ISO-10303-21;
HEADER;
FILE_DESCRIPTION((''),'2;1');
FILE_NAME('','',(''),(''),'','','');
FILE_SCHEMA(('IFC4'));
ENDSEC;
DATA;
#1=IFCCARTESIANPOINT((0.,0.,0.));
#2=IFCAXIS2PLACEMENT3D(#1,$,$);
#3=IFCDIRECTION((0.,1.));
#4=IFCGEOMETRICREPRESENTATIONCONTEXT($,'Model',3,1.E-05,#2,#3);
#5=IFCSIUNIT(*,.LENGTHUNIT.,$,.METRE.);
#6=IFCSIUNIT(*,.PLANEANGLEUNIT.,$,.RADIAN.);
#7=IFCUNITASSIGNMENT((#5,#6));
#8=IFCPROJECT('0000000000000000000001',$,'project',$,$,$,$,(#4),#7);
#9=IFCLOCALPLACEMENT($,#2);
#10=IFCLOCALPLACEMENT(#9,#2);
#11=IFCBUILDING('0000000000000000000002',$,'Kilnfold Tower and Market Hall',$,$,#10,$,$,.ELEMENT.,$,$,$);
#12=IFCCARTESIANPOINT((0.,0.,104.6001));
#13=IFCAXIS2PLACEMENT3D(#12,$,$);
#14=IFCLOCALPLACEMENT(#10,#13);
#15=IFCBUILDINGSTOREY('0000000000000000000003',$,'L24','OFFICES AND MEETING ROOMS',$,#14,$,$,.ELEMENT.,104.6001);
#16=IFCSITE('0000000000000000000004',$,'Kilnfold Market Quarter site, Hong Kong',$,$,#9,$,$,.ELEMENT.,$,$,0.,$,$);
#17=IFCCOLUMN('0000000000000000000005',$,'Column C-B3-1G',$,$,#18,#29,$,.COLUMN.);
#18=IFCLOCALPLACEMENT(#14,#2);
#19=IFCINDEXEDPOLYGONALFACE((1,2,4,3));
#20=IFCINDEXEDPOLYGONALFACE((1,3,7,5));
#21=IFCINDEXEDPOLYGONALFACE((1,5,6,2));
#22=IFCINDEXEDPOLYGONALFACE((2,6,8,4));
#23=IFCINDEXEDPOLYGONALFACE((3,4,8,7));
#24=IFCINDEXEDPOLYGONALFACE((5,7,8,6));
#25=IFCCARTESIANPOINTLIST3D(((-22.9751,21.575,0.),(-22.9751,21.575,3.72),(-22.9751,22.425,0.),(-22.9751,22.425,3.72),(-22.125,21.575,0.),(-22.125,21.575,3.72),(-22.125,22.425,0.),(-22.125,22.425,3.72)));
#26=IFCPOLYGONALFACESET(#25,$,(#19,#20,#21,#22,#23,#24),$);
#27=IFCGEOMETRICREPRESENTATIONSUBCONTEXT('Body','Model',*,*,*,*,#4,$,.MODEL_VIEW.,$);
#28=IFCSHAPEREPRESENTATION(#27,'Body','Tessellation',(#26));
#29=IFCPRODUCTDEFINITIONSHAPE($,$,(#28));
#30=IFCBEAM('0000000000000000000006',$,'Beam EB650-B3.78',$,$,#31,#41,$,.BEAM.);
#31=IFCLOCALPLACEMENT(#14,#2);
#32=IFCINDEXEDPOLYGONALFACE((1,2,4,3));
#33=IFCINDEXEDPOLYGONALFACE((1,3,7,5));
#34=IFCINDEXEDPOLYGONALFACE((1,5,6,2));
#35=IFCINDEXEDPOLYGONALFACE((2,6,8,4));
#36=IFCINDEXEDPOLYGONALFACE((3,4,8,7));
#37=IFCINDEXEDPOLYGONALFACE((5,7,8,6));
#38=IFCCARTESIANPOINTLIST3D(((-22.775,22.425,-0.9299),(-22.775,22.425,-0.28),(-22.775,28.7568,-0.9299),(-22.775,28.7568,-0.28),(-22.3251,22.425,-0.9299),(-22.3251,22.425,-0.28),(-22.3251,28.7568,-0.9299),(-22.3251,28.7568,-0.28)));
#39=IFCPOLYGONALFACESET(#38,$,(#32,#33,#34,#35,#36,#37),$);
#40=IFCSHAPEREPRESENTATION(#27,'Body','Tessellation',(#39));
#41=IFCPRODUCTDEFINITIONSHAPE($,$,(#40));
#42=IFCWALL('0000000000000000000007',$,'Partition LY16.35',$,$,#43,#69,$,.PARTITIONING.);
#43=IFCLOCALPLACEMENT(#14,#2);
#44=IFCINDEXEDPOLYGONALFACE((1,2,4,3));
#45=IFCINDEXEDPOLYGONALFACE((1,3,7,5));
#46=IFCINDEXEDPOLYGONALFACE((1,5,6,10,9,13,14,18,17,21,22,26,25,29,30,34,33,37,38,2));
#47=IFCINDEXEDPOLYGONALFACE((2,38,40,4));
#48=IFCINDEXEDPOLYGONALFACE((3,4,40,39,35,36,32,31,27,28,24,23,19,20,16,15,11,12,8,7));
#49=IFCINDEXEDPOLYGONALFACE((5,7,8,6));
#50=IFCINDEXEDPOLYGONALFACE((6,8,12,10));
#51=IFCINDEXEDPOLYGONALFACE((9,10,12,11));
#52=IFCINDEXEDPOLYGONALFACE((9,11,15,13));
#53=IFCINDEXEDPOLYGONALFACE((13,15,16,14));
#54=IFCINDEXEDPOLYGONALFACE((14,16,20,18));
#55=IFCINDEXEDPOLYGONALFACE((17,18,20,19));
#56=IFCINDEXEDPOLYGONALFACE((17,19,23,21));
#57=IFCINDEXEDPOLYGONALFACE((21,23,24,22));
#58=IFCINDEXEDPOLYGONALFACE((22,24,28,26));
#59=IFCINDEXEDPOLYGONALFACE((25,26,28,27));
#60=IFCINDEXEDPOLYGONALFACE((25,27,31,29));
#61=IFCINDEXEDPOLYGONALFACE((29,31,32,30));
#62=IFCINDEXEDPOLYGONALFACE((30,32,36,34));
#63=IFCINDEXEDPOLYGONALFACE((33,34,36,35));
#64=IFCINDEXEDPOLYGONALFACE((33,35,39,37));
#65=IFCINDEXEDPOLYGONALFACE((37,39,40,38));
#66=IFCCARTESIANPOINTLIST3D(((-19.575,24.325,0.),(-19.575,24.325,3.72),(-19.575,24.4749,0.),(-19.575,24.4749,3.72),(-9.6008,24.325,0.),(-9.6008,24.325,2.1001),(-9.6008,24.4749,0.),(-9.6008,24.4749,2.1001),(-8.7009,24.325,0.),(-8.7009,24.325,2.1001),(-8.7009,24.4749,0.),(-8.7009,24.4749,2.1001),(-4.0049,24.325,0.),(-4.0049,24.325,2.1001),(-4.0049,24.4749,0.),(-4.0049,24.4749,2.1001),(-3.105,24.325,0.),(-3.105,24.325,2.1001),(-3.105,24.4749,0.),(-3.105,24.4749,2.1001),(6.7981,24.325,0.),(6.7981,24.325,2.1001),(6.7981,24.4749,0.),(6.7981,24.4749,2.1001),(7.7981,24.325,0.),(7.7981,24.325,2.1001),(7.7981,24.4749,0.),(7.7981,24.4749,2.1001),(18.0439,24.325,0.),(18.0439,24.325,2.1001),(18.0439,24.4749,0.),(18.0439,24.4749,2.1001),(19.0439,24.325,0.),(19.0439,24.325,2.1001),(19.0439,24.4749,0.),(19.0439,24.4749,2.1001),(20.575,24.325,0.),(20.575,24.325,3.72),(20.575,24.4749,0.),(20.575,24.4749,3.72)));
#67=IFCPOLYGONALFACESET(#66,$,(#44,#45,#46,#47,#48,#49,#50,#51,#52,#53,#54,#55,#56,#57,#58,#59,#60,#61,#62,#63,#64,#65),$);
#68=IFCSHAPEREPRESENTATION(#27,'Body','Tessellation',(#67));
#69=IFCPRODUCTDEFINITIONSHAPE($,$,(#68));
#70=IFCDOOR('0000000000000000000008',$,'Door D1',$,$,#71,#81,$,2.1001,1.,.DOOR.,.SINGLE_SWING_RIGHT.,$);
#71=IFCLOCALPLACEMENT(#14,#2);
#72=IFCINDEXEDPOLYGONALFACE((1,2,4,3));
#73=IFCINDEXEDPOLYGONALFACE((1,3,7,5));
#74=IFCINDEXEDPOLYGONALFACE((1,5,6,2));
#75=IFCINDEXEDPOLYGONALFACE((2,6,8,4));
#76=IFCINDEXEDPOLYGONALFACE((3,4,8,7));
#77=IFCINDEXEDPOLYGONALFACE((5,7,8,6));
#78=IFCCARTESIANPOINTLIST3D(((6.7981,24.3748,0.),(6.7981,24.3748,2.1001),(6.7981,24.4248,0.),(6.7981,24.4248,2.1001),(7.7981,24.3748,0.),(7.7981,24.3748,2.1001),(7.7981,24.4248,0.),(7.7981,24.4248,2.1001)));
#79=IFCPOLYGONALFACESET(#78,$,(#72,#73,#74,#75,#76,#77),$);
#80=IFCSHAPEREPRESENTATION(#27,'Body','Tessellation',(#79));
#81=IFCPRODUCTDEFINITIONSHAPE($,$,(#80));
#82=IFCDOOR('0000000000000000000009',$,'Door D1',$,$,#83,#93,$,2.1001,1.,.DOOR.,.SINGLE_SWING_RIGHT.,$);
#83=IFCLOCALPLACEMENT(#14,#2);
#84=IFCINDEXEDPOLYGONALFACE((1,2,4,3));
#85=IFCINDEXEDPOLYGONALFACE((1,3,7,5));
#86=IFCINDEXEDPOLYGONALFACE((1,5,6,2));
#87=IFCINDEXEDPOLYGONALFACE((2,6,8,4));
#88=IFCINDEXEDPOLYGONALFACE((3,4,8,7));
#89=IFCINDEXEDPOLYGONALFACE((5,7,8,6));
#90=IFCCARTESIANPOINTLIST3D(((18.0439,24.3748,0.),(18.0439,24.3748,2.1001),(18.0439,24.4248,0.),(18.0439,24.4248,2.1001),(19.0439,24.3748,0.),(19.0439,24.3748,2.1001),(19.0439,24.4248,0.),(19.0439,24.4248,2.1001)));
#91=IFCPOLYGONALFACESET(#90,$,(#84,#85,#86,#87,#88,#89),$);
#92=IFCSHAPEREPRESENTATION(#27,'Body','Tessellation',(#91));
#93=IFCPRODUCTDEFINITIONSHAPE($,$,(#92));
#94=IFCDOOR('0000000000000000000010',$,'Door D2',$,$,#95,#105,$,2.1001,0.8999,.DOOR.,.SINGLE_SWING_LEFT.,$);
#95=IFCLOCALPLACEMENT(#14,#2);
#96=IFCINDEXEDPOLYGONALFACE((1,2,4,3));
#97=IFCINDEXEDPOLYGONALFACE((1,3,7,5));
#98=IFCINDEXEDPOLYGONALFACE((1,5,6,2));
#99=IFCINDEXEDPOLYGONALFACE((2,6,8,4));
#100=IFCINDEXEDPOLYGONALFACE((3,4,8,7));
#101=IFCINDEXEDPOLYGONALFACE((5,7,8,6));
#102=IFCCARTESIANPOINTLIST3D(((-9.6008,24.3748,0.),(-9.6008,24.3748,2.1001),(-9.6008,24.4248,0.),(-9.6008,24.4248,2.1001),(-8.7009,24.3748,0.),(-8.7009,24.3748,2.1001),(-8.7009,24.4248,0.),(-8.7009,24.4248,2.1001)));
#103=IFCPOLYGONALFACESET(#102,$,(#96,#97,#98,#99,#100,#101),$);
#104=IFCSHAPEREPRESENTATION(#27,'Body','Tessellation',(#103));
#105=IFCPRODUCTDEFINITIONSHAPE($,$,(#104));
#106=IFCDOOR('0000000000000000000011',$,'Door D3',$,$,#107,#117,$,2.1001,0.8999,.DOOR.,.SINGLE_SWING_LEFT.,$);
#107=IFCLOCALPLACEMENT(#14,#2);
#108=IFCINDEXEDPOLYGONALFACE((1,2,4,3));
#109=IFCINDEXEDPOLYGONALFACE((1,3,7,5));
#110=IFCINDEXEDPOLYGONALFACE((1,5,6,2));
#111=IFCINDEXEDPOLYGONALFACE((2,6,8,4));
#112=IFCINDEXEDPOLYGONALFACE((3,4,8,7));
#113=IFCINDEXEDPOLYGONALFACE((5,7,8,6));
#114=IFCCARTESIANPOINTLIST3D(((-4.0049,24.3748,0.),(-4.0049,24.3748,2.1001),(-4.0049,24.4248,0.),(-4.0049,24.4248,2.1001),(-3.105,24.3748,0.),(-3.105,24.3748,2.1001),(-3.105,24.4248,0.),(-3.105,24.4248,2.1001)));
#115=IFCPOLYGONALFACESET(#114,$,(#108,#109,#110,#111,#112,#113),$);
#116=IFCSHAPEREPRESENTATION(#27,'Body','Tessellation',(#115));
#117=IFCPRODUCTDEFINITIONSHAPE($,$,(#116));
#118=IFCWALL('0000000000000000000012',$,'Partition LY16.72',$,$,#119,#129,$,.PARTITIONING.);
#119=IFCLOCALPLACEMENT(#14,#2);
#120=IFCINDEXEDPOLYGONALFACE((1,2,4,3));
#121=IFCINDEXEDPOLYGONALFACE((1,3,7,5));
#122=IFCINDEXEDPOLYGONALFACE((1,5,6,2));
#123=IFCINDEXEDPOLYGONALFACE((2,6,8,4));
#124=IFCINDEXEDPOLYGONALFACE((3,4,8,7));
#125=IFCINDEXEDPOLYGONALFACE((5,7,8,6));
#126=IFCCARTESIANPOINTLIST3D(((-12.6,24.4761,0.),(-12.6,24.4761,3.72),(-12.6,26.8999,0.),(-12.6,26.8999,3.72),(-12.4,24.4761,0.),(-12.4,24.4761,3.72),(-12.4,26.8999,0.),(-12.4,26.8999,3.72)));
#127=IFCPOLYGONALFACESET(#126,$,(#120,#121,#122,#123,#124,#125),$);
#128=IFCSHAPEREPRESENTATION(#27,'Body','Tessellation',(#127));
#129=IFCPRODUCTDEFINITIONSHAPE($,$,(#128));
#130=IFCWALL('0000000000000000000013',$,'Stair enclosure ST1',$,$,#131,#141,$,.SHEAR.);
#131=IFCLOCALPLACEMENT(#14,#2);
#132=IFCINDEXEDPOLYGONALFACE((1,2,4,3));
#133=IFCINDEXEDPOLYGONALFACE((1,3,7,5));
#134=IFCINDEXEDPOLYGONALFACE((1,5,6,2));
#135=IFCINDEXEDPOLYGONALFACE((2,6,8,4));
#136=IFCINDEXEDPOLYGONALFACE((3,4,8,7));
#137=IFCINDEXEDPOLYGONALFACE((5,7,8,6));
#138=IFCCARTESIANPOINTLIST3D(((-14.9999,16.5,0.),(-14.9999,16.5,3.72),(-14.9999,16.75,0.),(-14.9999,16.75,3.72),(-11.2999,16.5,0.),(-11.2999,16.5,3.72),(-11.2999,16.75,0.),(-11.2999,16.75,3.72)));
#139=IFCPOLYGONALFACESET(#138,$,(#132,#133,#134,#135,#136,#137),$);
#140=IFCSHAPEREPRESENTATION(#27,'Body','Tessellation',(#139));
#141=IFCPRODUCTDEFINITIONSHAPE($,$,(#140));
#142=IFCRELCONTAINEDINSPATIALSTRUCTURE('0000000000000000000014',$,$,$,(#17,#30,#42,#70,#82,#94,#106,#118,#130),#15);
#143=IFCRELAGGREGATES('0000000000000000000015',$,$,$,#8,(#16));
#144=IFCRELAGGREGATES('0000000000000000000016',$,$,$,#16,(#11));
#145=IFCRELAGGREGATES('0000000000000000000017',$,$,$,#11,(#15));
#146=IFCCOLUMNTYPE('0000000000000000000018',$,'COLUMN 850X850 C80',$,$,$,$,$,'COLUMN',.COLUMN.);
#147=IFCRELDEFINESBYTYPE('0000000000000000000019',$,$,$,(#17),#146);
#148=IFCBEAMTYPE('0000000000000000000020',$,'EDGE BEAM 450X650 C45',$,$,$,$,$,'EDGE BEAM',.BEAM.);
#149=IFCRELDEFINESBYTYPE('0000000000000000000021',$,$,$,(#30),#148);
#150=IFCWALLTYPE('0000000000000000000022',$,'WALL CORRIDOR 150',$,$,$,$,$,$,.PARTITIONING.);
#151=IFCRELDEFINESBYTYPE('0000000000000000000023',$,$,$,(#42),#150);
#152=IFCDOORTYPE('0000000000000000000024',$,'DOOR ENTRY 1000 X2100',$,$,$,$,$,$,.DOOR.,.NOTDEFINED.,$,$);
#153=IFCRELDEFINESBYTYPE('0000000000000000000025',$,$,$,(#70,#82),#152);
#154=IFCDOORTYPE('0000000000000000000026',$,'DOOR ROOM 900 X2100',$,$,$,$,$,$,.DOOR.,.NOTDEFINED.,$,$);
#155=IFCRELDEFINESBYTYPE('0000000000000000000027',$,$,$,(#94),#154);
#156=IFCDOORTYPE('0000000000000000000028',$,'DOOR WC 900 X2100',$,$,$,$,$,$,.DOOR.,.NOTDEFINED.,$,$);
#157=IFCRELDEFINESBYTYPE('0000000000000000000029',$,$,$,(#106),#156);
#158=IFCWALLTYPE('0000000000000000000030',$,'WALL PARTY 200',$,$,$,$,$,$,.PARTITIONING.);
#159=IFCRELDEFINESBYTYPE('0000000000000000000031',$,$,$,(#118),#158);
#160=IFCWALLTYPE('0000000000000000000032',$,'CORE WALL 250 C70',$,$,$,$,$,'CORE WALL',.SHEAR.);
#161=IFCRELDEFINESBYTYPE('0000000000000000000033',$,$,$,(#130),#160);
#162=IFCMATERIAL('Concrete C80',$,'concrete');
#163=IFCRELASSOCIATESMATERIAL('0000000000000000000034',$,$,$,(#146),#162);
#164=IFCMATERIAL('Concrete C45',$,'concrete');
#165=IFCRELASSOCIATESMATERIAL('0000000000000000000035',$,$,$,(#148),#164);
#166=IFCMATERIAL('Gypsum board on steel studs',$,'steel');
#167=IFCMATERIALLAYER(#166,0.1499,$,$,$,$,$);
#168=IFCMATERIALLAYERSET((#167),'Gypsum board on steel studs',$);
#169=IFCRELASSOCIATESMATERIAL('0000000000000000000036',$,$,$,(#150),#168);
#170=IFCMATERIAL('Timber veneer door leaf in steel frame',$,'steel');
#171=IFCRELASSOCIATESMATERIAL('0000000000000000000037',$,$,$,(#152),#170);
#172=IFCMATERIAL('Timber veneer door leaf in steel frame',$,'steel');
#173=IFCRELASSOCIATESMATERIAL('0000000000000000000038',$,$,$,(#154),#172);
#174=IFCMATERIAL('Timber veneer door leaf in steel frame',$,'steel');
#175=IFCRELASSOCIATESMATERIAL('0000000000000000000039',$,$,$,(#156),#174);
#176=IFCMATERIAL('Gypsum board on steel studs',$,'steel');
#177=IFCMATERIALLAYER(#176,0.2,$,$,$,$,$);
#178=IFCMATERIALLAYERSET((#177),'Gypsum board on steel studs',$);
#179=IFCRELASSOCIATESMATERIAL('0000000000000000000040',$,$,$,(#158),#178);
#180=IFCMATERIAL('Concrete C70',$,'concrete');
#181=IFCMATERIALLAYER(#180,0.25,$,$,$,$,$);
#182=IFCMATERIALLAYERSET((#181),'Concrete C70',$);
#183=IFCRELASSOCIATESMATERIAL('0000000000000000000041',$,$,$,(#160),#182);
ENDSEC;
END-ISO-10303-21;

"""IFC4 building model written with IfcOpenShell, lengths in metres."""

from ifc_helpers import new_model, si_unit, direction, frame, frame_2d, origin, origin_2d, place, context, subcontext, project, spatial, rectangle, extrude, source, transform, mapped, material, layer, layer_set, material_profile, profile_set, type_object, element, fill, save


model = new_model("IFC4")

# Units and contexts
model_context = context("Model", 3, precision=1e-05, world=origin(), true_north=direction((0.0, 1.0)))
body_context = subcontext(model_context, "Body", "Model", "MODEL_VIEW")
ifc_project = project(units=[si_unit("LENGTHUNIT", "METRE"), si_unit("PLANEANGLEUNIT", "RADIAN")], contexts=[model_context])

# Site, building, storey
site_placement = place(None, origin())
site = spatial("IfcSite", under=ifc_project, at=site_placement, Name="Kilnfold Market Quarter site, Hong Kong", CompositionType="ELEMENT", RefElevation=0.0)
building_placement = place(site_placement, origin())
building = spatial("IfcBuilding", under=site, at=building_placement, Name="Kilnfold Tower and Market Hall", CompositionType="ELEMENT")
storey_placement = place(building_placement, frame((0.0, 0.0, 104.6001)))
storey = spatial("IfcBuildingStorey", under=building, at=storey_placement, Name="L24", Description="OFFICES AND MEETING ROOMS", CompositionType="ELEMENT", Elevation=104.6001)

# Column
ifc_material_1 = material(Name="Concrete C80", Category="concrete")
ifc_material_profile_1 = material_profile(ifc_material_1, rectangle(XDim=0.8501, YDim=0.8501, at=origin_2d()), Name="RC 850x850")
ifc_profile_set_1 = profile_set([ifc_material_profile_1], Name="Concrete C80")
column_type = type_object("IfcColumnType", Name="COLUMN 850X850 C80", ElementType="COLUMN", PredefinedType="COLUMN", material=ifc_profile_set_1)
shared_shape_1 = source(origin(), body_context, "Body", "SweptSolid", [
    extrude(rectangle(XDim=0.8501, YDim=0.8501, at=origin_2d()), origin(), (0.0, 0.0, 1.0), 3.72),
])
column_placement = place(storey_placement, frame((-22.55, 22.0, 0.0), z_axis=(0.0, 0.0, 1.0), x_axis=(1.0, 0.0, 0.0)))
element("IfcColumn", 1, at=column_placement, inside=storey, type_object=column_type, Name="Column C-B3-1G", PredefinedType="COLUMN", context=body_context, shape_type="MappedRepresentation", body=[
    mapped(shared_shape_1, transform((0.0, 0.0, 0.0))),
])

# Beam
ifc_material_2 = material(Name="Concrete C45", Category="concrete")
ifc_material_profile_2 = material_profile(ifc_material_2, rectangle(XDim=0.45, YDim=0.6499, at=origin_2d()), Name="RC 450x650")
ifc_profile_set_2 = profile_set([ifc_material_profile_2], Name="Concrete C45")
beam_type = type_object("IfcBeamType", Name="EDGE BEAM 450X650 C45", ElementType="EDGE BEAM", PredefinedType="BEAM", material=ifc_profile_set_2)
shared_shape_2 = source(origin(), body_context, "Body", "SweptSolid", [
    extrude(rectangle(XDim=0.45, YDim=0.6499, at=origin_2d()), origin(), (0.0, 0.0, 1.0), 6.3318),
])
beam_placement = place(storey_placement, frame((-22.55, 22.425, -0.605), z_axis=(0.0, 1.0, 0.0), x_axis=(-1.0, 0.0, 0.0)))
element("IfcBeam", 2, at=beam_placement, inside=storey, type_object=beam_type, Name="Beam EB650-B3.78", PredefinedType="BEAM", context=body_context, shape_type="MappedRepresentation", body=[
    mapped(shared_shape_2, transform((0.0, 0.0, 0.0))),
])

# Wall, openings, doors
ifc_material_3 = material(Name="Gypsum board on steel studs", Category="steel")
ifc_layer_1 = layer(ifc_material_3, 0.1499)
ifc_layer_set_1 = layer_set([ifc_layer_1], Name="Gypsum board on steel studs")
wall_type_1 = type_object("IfcWallType", Name="WALL CORRIDOR 150", PredefinedType="PARTITIONING", material=ifc_layer_set_1)
wall_1_placement = place(storey_placement, frame((-19.575, 24.3999, 0.0), z_axis=(0.0, 0.0, 1.0), x_axis=(1.0, 0.0, 0.0)))
wall_1 = element("IfcWall", 3, at=wall_1_placement, inside=storey, type_object=wall_type_1, Name="Partition LY16.35", PredefinedType="PARTITIONING", context=body_context, shape_type="SweptSolid", body=[
    extrude(rectangle(XDim=40.1499, YDim=0.1499, at=frame_2d((20.075, 0.0))), origin(), (0.0, 0.0, 1.0), 3.72),
])
opening_1_placement = place(wall_1_placement, frame((9.9741, 0.0, 0.0)))
opening_1 = element("IfcOpeningElement", 4, at=opening_1_placement, cuts=wall_1, PredefinedType="OPENING", context=body_context, shape_type="SweptSolid", body=[
    extrude(rectangle(XDim=0.8999, YDim=2.1001, at=frame_2d((0.45, 1.05))), frame((0.0, 0.085, 0.0), z_axis=(0.0, -1.0, 0.0), x_axis=(1.0, 0.0, 0.0)), (0.0, 0.0, 1.0), 0.1699),
])
opening_2_placement = place(wall_1_placement, frame((15.5701, 0.0, 0.0)))
opening_2 = element("IfcOpeningElement", 5, at=opening_2_placement, cuts=wall_1, PredefinedType="OPENING", context=body_context, shape_type="SweptSolid", body=[
    extrude(rectangle(XDim=0.8999, YDim=2.1001, at=frame_2d((0.45, 1.05))), frame((0.0, 0.085, 0.0), z_axis=(0.0, -1.0, 0.0), x_axis=(1.0, 0.0, 0.0)), (0.0, 0.0, 1.0), 0.1699),
])
opening_3_placement = place(wall_1_placement, frame((26.373, 0.0, 0.0)))
opening_3 = element("IfcOpeningElement", 6, at=opening_3_placement, cuts=wall_1, PredefinedType="OPENING", context=body_context, shape_type="SweptSolid", body=[
    extrude(rectangle(XDim=1.0, YDim=2.1001, at=frame_2d((0.5, 1.05))), frame((0.0, 0.085, 0.0), z_axis=(0.0, -1.0, 0.0), x_axis=(1.0, 0.0, 0.0)), (0.0, 0.0, 1.0), 0.1699),
])
opening_4_placement = place(wall_1_placement, frame((37.6189, 0.0, 0.0)))
opening_4 = element("IfcOpeningElement", 7, at=opening_4_placement, cuts=wall_1, PredefinedType="OPENING", context=body_context, shape_type="SweptSolid", body=[
    extrude(rectangle(XDim=1.0, YDim=2.1001, at=frame_2d((0.5, 1.05))), frame((0.0, 0.085, 0.0), z_axis=(0.0, -1.0, 0.0), x_axis=(1.0, 0.0, 0.0)), (0.0, 0.0, 1.0), 0.1699),
])
ifc_material_4 = material(Name="Timber veneer door leaf in steel frame", Category="steel")
door_type_1 = type_object("IfcDoorType", Name="DOOR ENTRY 1000 X2100", OperationType="NOTDEFINED", PredefinedType="DOOR", material=ifc_material_4)
door_1_placement = place(opening_3_placement, origin())
door_1 = element("IfcDoor", 8, at=door_1_placement, inside=storey, type_object=door_type_1, Name="Door D1", OperationType="SINGLE_SWING_RIGHT", OverallHeight=2.1001, OverallWidth=1.0, PredefinedType="DOOR", context=body_context, shape_type="SweptSolid", body=[
    extrude(rectangle(XDim=1.0, YDim=2.1001, at=frame_2d((0.5, 1.05))), frame((0.0, 0.0249, 0.0), z_axis=(0.0, -1.0, 0.0), x_axis=(1.0, 0.0, 0.0)), (0.0, 0.0, 1.0), 0.05),
])
fill(opening_3, door_1)
door_2_placement = place(opening_4_placement, origin())
door_2 = element("IfcDoor", 9, at=door_2_placement, inside=storey, type_object=door_type_1, Name="Door D1", OperationType="SINGLE_SWING_RIGHT", OverallHeight=2.1001, OverallWidth=1.0, PredefinedType="DOOR", context=body_context, shape_type="SweptSolid", body=[
    extrude(rectangle(XDim=1.0, YDim=2.1001, at=frame_2d((0.5, 1.05))), frame((0.0, 0.0249, 0.0), z_axis=(0.0, -1.0, 0.0), x_axis=(1.0, 0.0, 0.0)), (0.0, 0.0, 1.0), 0.05),
])
fill(opening_4, door_2)
ifc_material_5 = material(Name="Timber veneer door leaf in steel frame", Category="steel")
door_type_2 = type_object("IfcDoorType", Name="DOOR ROOM 900 X2100", OperationType="NOTDEFINED", PredefinedType="DOOR", material=ifc_material_5)
door_3_placement = place(opening_1_placement, origin())
door_3 = element("IfcDoor", 10, at=door_3_placement, inside=storey, type_object=door_type_2, Name="Door D2", OperationType="SINGLE_SWING_LEFT", OverallHeight=2.1001, OverallWidth=0.8999, PredefinedType="DOOR", context=body_context, shape_type="SweptSolid", body=[
    extrude(rectangle(XDim=0.8999, YDim=2.1001, at=frame_2d((0.45, 1.05))), frame((0.0, 0.0249, 0.0), z_axis=(0.0, -1.0, 0.0), x_axis=(1.0, 0.0, 0.0)), (0.0, 0.0, 1.0), 0.05),
])
fill(opening_1, door_3)
ifc_material_6 = material(Name="Timber veneer door leaf in steel frame", Category="steel")
door_type_3 = type_object("IfcDoorType", Name="DOOR WC 900 X2100", OperationType="NOTDEFINED", PredefinedType="DOOR", material=ifc_material_6)
door_4_placement = place(opening_2_placement, origin())
door_4 = element("IfcDoor", 11, at=door_4_placement, inside=storey, type_object=door_type_3, Name="Door D3", OperationType="SINGLE_SWING_LEFT", OverallHeight=2.1001, OverallWidth=0.8999, PredefinedType="DOOR", context=body_context, shape_type="SweptSolid", body=[
    extrude(rectangle(XDim=0.8999, YDim=2.1001, at=frame_2d((0.45, 1.05))), frame((0.0, 0.0249, 0.0), z_axis=(0.0, -1.0, 0.0), x_axis=(1.0, 0.0, 0.0)), (0.0, 0.0, 1.0), 0.05),
])
fill(opening_2, door_4)

# Walls
ifc_material_7 = material(Name="Gypsum board on steel studs", Category="steel")
ifc_layer_2 = layer(ifc_material_7, 0.2)
ifc_layer_set_2 = layer_set([ifc_layer_2], Name="Gypsum board on steel studs")
wall_type_2 = type_object("IfcWallType", Name="WALL PARTY 200", PredefinedType="PARTITIONING", material=ifc_layer_set_2)
wall_2_placement = place(storey_placement, frame((-12.5, 26.8999, 0.0), z_axis=(0.0, 0.0, 1.0), x_axis=(0.0, -1.0, 0.0)))
element("IfcWall", 12, at=wall_2_placement, inside=storey, type_object=wall_type_2, Name="Partition LY16.72", PredefinedType="PARTITIONING", context=body_context, shape_type="SweptSolid", body=[
    extrude(rectangle(XDim=2.4238, YDim=0.2, at=frame_2d((1.2119, 0.0))), origin(), (0.0, 0.0, 1.0), 3.72),
])
ifc_material_8 = material(Name="Concrete C70", Category="concrete")
ifc_layer_3 = layer(ifc_material_8, 0.25)
ifc_layer_set_3 = layer_set([ifc_layer_3], Name="Concrete C70")
wall_type_3 = type_object("IfcWallType", Name="CORE WALL 250 C70", ElementType="CORE WALL", PredefinedType="SHEAR", material=ifc_layer_set_3)
shared_shape_3 = source(origin(), body_context, "Body", "SweptSolid", [
    extrude(rectangle(XDim=3.7, YDim=0.25, at=frame_2d((1.8501, 0.0))), origin(), (0.0, 0.0, 1.0), 3.72),
])
wall_3_placement = place(storey_placement, frame((-15.0, 16.625, 0.0), z_axis=(0.0, 0.0, 1.0), x_axis=(1.0, 0.0, 0.0)))
element("IfcWall", 13, at=wall_3_placement, inside=storey, type_object=wall_type_3, Name="Stair enclosure ST1", PredefinedType="SHEAR", context=body_context, shape_type="MappedRepresentation", body=[
    mapped(shared_shape_3, transform((0.0, 0.0, 0.0))),
])

save(model, "model.ifc")
